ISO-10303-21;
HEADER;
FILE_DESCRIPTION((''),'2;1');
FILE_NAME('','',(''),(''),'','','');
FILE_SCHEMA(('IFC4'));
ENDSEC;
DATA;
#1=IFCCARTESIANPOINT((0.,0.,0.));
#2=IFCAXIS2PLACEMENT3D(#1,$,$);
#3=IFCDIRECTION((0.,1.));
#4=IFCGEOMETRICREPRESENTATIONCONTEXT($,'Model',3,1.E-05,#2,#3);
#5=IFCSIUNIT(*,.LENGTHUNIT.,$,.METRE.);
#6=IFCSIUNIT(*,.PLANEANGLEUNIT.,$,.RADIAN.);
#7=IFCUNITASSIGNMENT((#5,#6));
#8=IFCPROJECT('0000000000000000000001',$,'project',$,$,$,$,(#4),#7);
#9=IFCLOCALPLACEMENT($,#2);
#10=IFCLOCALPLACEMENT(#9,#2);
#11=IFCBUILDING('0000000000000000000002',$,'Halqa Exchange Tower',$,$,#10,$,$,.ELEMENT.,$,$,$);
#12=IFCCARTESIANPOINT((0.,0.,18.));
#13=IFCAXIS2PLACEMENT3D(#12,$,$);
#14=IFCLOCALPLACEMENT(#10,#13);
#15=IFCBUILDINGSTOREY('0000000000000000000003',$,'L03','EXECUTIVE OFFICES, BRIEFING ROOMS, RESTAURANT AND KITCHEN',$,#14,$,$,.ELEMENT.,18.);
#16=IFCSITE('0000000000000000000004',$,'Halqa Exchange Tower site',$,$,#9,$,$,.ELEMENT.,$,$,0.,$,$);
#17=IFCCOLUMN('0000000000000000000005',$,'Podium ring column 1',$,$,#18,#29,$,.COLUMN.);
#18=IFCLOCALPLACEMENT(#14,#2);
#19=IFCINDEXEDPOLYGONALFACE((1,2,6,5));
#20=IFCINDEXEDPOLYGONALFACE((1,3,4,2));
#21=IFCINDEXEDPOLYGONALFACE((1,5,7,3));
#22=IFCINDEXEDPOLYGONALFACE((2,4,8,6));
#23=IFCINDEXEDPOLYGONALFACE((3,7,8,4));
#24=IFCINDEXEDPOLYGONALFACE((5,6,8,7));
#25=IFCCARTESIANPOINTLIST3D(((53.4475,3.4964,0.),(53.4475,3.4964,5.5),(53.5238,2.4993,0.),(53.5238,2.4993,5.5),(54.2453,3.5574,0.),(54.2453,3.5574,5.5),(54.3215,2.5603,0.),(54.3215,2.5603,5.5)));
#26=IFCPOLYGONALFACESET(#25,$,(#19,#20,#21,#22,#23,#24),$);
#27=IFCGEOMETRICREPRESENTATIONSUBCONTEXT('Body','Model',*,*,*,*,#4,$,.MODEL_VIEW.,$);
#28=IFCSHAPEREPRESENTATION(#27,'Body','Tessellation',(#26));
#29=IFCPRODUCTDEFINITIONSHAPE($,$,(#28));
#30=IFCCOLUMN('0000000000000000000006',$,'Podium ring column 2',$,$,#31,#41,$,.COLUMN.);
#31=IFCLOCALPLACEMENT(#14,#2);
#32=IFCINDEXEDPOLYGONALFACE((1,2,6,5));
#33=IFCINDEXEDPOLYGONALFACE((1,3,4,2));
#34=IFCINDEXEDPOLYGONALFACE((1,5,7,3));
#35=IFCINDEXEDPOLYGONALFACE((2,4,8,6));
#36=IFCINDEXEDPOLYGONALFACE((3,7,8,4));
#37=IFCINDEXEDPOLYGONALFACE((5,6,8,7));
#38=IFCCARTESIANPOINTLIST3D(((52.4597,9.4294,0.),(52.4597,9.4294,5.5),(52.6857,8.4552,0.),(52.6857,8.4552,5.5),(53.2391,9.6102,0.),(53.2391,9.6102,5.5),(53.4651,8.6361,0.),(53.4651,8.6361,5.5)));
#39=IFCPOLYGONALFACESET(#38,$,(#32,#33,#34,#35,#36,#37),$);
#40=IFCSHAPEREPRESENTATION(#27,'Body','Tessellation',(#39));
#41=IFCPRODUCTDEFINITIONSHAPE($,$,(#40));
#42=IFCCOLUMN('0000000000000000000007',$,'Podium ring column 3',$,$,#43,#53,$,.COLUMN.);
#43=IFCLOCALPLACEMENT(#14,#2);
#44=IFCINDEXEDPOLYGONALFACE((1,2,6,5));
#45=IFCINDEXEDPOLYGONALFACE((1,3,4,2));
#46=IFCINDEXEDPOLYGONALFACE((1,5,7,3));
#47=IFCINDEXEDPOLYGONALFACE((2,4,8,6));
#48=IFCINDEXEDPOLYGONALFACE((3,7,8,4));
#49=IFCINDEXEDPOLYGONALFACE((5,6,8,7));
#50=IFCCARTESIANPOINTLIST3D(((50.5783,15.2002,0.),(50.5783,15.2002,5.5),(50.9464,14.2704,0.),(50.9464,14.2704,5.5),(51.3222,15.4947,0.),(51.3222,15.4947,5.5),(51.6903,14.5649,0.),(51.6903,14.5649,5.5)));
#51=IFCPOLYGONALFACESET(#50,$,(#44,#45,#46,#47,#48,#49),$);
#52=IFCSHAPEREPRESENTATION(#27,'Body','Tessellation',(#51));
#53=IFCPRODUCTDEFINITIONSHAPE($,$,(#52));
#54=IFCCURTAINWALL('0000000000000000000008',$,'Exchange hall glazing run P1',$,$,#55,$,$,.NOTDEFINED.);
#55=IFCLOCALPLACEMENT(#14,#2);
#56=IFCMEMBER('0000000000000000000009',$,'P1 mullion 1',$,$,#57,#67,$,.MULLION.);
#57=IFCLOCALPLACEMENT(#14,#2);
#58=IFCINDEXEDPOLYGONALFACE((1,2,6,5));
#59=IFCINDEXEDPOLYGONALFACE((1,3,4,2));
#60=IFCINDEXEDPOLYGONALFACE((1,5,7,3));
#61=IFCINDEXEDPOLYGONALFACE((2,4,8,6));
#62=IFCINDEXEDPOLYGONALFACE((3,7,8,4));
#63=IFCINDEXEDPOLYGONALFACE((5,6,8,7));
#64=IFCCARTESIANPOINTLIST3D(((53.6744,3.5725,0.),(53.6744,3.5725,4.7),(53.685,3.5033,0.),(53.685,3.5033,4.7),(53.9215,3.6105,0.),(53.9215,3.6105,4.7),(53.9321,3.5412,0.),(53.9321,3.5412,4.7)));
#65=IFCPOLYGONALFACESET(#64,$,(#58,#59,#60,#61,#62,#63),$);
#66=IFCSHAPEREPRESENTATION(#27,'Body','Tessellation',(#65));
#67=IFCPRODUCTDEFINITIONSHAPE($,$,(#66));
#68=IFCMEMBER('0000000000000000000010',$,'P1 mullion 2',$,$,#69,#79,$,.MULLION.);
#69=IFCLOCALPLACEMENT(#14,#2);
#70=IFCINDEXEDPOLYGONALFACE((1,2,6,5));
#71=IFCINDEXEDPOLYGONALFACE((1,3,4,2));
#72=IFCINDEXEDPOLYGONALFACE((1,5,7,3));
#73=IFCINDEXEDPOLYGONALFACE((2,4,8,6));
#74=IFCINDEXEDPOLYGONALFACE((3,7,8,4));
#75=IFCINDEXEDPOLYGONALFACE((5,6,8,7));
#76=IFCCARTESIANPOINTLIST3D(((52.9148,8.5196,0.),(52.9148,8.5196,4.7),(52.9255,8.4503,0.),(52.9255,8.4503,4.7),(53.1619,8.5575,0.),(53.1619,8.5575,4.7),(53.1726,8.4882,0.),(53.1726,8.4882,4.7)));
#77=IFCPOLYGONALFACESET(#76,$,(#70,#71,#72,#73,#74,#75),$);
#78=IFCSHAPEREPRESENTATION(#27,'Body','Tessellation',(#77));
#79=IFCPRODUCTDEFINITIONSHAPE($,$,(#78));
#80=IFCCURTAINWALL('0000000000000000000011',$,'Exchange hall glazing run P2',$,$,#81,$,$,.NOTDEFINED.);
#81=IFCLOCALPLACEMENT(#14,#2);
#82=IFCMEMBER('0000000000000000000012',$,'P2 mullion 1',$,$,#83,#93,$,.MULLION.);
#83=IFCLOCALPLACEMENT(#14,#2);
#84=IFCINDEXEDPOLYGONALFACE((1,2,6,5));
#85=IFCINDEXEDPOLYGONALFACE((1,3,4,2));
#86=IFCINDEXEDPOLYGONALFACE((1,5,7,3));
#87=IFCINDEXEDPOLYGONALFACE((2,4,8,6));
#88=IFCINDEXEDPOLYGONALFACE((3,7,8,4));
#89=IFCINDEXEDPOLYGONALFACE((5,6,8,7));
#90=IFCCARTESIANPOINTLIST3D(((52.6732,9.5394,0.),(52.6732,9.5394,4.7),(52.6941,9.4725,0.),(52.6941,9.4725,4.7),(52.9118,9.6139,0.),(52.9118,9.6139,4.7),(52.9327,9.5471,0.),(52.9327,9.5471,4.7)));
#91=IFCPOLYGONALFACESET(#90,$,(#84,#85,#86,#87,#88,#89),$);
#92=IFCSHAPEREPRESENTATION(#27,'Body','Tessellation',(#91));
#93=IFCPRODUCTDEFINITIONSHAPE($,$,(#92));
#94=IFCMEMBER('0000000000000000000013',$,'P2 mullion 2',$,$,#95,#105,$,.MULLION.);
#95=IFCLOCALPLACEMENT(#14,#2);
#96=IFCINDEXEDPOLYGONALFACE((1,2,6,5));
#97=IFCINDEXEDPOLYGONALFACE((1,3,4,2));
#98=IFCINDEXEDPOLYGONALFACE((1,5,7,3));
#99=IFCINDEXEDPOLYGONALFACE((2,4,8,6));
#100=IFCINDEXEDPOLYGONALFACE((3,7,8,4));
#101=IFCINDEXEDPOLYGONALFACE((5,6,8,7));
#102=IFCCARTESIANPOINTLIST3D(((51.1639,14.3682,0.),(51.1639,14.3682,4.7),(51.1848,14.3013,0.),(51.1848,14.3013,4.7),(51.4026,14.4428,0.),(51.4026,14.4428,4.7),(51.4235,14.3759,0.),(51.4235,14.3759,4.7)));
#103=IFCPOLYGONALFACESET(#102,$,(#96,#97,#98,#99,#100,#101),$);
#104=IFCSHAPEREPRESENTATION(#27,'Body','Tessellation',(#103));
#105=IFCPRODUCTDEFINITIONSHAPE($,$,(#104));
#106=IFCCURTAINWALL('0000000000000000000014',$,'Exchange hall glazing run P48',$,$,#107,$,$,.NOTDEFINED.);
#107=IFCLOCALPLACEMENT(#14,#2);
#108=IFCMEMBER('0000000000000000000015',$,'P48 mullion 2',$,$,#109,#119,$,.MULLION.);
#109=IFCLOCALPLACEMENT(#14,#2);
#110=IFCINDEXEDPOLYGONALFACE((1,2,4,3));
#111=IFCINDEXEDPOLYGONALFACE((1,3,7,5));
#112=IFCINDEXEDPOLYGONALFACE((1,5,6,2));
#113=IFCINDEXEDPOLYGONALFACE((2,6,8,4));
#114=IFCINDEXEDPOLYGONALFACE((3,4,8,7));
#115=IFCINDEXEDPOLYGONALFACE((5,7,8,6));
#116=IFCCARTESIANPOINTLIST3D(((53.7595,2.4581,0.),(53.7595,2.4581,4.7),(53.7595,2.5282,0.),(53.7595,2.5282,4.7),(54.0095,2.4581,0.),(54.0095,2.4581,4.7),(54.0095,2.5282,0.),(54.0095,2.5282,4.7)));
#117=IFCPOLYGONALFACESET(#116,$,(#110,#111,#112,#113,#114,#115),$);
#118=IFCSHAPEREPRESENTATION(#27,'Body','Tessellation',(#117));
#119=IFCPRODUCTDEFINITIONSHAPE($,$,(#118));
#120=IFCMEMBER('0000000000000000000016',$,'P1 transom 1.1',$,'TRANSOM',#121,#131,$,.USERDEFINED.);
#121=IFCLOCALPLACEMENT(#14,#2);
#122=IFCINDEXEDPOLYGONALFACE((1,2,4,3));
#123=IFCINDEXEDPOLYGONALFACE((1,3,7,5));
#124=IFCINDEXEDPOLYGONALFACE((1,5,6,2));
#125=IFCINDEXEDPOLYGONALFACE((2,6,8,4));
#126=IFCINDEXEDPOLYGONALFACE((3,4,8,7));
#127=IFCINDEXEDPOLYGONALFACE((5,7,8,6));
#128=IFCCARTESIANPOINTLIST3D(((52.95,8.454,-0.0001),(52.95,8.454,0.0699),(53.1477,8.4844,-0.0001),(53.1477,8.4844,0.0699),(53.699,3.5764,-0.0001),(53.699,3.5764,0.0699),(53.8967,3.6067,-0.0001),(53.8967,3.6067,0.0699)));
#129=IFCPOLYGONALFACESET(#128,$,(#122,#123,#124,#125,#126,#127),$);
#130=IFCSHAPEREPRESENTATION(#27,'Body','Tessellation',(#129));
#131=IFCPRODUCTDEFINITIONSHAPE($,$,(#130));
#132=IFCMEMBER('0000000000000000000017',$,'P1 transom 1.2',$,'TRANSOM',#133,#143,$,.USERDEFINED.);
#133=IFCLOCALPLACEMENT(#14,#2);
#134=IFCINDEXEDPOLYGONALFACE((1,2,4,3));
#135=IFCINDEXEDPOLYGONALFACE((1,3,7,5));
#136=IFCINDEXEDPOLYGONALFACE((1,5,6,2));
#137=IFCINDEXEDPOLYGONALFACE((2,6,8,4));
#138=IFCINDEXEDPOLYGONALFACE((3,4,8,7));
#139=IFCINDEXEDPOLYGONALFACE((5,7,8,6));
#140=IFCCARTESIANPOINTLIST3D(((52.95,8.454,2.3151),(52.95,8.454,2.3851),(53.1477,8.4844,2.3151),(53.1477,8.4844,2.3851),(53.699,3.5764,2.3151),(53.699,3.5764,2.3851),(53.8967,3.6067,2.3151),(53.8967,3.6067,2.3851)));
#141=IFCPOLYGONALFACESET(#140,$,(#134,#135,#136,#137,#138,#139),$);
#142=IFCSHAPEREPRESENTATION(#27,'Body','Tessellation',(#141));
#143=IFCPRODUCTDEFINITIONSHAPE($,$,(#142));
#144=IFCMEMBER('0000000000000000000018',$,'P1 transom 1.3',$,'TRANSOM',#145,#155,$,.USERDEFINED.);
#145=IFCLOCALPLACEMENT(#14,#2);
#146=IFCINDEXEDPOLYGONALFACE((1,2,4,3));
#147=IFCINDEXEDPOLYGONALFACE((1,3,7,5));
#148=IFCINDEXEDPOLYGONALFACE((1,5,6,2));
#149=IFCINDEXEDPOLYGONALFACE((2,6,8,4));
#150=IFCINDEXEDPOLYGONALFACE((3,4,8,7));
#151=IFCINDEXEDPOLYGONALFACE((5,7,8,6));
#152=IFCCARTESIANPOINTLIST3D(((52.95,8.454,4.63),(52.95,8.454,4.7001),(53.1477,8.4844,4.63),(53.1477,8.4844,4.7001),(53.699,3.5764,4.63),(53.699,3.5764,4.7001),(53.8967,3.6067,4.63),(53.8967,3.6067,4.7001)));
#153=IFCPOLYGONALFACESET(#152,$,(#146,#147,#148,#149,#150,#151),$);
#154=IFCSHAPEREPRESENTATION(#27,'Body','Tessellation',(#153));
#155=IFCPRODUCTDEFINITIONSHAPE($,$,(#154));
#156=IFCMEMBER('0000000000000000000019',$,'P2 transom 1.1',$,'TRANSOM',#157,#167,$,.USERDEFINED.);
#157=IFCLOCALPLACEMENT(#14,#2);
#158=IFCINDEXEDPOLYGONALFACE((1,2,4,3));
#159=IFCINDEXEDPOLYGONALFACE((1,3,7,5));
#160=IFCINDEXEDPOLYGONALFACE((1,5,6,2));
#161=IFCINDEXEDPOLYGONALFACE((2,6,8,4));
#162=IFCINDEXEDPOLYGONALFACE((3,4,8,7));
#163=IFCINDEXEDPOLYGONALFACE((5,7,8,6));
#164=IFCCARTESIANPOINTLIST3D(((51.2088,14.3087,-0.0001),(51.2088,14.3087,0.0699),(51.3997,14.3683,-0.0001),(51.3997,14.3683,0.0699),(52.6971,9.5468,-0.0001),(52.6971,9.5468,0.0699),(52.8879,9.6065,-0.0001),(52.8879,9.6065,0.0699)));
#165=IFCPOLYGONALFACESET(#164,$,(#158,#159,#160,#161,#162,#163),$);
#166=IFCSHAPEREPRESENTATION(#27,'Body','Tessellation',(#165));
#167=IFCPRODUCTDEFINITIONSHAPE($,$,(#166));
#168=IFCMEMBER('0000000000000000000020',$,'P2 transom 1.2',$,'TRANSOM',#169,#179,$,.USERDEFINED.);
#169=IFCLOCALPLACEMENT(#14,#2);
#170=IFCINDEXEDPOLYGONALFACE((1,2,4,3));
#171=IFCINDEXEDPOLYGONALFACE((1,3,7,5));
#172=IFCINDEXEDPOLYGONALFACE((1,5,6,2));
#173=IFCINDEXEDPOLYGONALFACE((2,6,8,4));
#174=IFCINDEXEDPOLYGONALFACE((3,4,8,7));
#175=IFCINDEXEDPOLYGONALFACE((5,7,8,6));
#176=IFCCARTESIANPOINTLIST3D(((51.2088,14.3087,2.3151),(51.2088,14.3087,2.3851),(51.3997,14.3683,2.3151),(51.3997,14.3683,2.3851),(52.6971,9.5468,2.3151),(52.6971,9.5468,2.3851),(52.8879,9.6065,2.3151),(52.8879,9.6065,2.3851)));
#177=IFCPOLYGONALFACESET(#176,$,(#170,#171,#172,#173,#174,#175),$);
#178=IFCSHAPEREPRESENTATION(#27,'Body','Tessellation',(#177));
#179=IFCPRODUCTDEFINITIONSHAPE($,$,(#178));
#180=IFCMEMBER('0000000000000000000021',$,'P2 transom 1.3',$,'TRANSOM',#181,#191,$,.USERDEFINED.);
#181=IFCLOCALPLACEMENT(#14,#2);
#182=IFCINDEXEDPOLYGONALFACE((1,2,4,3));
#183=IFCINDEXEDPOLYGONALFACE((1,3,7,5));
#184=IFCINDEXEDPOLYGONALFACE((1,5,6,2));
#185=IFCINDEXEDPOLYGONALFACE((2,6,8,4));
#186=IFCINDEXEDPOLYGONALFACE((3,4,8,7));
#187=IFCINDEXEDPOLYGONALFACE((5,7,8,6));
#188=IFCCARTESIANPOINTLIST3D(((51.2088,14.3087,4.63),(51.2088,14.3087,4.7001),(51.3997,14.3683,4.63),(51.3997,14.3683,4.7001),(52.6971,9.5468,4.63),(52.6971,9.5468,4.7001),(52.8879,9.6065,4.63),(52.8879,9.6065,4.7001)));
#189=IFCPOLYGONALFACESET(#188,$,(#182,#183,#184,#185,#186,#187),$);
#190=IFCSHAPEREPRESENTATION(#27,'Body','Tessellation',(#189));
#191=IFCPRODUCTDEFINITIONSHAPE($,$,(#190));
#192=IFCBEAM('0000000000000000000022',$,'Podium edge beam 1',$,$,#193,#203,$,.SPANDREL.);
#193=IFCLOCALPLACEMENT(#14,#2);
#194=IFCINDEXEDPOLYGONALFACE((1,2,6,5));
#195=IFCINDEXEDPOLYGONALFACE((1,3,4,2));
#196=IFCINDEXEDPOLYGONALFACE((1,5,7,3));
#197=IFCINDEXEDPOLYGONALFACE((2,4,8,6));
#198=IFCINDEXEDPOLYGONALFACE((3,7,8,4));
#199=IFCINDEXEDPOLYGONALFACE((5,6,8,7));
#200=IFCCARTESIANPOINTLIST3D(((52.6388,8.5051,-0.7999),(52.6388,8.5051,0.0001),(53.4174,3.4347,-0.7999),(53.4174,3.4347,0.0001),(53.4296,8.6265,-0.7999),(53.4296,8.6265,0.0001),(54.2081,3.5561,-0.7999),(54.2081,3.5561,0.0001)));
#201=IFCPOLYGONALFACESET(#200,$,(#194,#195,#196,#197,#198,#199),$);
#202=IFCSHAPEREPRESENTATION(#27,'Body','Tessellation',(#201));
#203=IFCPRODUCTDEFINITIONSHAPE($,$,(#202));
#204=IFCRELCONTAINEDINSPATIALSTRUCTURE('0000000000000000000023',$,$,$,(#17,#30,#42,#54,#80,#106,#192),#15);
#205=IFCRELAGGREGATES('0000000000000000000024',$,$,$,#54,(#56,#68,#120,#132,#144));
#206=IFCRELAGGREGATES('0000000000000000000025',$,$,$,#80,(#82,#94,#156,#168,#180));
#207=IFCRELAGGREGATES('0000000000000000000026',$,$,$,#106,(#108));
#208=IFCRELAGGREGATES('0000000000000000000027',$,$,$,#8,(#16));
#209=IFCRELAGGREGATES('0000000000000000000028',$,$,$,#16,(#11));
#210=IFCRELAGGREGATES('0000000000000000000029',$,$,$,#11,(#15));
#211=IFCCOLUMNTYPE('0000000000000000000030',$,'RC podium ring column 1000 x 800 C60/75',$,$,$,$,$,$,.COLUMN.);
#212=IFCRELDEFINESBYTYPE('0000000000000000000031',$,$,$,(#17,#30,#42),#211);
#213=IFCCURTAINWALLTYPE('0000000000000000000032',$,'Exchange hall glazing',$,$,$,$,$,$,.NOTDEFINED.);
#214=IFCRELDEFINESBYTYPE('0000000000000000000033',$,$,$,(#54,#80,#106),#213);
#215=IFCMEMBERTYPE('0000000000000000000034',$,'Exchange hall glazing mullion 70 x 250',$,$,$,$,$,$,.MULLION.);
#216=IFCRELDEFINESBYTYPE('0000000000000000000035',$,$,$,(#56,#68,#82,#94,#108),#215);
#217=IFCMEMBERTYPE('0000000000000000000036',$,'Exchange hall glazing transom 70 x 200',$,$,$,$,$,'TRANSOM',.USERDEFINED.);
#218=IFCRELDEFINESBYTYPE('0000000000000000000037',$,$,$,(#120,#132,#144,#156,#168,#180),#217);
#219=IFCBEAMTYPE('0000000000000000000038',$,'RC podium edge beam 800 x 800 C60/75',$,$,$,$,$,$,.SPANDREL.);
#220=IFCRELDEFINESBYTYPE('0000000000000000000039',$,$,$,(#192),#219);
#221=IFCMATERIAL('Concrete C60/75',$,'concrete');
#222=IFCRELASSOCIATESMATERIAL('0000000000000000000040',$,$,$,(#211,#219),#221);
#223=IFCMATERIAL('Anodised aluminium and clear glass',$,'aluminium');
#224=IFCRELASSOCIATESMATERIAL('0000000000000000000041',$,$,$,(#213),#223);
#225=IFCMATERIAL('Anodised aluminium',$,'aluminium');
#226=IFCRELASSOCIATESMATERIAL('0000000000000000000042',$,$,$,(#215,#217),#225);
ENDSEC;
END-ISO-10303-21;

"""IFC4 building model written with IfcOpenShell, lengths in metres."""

from ifc_helpers import new_model, si_unit, direction, frame, origin, origin_2d, place, context, subcontext, project, spatial, rectangle, extrude, material, material_profile, profile_set, type_object, element, aggregate, save


model = new_model("IFC4")

# Units and contexts
model_context = context("Model", 3, precision=1e-05, world=origin(), true_north=direction((0.0, 1.0)))
body_context = subcontext(model_context, "Body", "Model", "MODEL_VIEW")
ifc_project = project(units=[si_unit("LENGTHUNIT", "METRE"), si_unit("PLANEANGLEUNIT", "RADIAN")], contexts=[model_context])

# Site, building, storey
site_placement = place(None, origin())
site = spatial("IfcSite", under=ifc_project, at=site_placement, Name="Halqa Exchange Tower site", CompositionType="ELEMENT", RefElevation=0.0)
building_placement = place(site_placement, origin())
building = spatial("IfcBuilding", under=site, at=building_placement, Name="Halqa Exchange Tower", CompositionType="ELEMENT")
storey_placement = place(building_placement, frame((0.0, 0.0, 18.0)))
storey = spatial("IfcBuildingStorey", under=building, at=storey_placement, Name="L03", Description="EXECUTIVE OFFICES, BRIEFING ROOMS, RESTAURANT AND KITCHEN", CompositionType="ELEMENT", Elevation=18.0)

# Columns
ifc_material_1 = material(Name="Concrete C60/75", Category="concrete")
ifc_material_profile_1 = material_profile(ifc_material_1, rectangle(XDim=1.0, YDim=0.8, at=origin_2d()), Name="1000 x 800")
ifc_profile_set_1 = profile_set([ifc_material_profile_1], Name="Concrete C60/75")
column_type = type_object("IfcColumnType", Name="RC podium ring column 1000 x 800 C60/75", PredefinedType="COLUMN", material=ifc_profile_set_1)
for number, where, z_axis, x_axis, name in (
    (1, (53.8845, 3.0283, 0.0), (0.0, 0.0, 1.0), (-0.076223, 0.997091, 0.0), "Podium ring column 1"),
    (2, (52.9624, 9.0327, 0.0), (0.0, 0.0, 1.0), (-0.225997, 0.974128, 0.0), "Podium ring column 2"),
    (3, (51.1343, 14.8826, 0.0), (0.0, 0.0, 1.0), (-0.36811, 0.929782, 0.0), "Podium ring column 3"),
):
    element("IfcColumn", number, at=place(storey_placement, frame(where, z_axis=z_axis, x_axis=x_axis)), inside=storey, type_object=column_type, Name=name, PredefinedType="COLUMN", context=body_context, shape_type="SweptSolid", body=[
        extrude(rectangle(XDim=1.0, YDim=0.8, at=origin_2d()), origin(), (0.0, 0.0, 1.0), 5.5),
    ])

# Curtain walls, members
ifc_material_2 = material(Name="Anodised aluminium and clear glass", Category="aluminium")
curtain_wall_type = type_object("IfcCurtainWallType", Name="Exchange hall glazing", PredefinedType="NOTDEFINED", material=ifc_material_2)
curtain_wall_1_placement = place(storey_placement, origin())
curtain_wall_1 = element("IfcCurtainWall", 4, at=curtain_wall_1_placement, inside=storey, type_object=curtain_wall_type, Name="Exchange hall glazing run P1", PredefinedType="NOTDEFINED")
ifc_material_3 = material(Name="Anodised aluminium", Category="aluminium")
ifc_material_profile_2 = material_profile(ifc_material_3, rectangle(XDim=0.25, YDim=0.0701, at=origin_2d()), Name="AL 70x250")
ifc_profile_set_2 = profile_set([ifc_material_profile_2], Name="Anodised aluminium")
member_type_1 = type_object("IfcMemberType", Name="Exchange hall glazing mullion 70 x 250", PredefinedType="MULLION", material=ifc_profile_set_2)
member_1_placement = place(storey_placement, frame((53.8032, 3.5569, 0.0), z_axis=(0.0, 0.0, 1.0), x_axis=(-0.988416, -0.151767, 0.0)))
member_1 = element("IfcMember", 5, at=member_1_placement, type_object=member_type_1, Name="P1 mullion 1", PredefinedType="MULLION", context=body_context, shape_type="SweptSolid", body=[
    extrude(rectangle(XDim=0.25, YDim=0.0701, at=origin_2d()), origin(), (0.0, 0.0, 1.0), 4.7),
])
member_2_placement = place(storey_placement, frame((53.0437, 8.5039, 0.0), z_axis=(0.0, 0.0, 1.0), x_axis=(-0.988416, -0.151767, 0.0)))
member_2 = element("IfcMember", 6, at=member_2_placement, type_object=member_type_1, Name="P1 mullion 2", PredefinedType="MULLION", context=body_context, shape_type="SweptSolid", body=[
    extrude(rectangle(XDim=0.25, YDim=0.0701, at=origin_2d()), origin(), (0.0, 0.0, 1.0), 4.7),
])
curtain_wall_2_placement = place(storey_placement, origin())
curtain_wall_2 = element("IfcCurtainWall", 7, at=curtain_wall_2_placement, inside=storey, type_object=curtain_wall_type, Name="Exchange hall glazing run P2", PredefinedType="NOTDEFINED")
member_3_placement = place(storey_placement, frame((52.803, 9.5432, 0.0), z_axis=(0.0, 0.0, 1.0), x_axis=(-0.954471, -0.298303, 0.0)))
member_3 = element("IfcMember", 8, at=member_3_placement, type_object=member_type_1, Name="P2 mullion 1", PredefinedType="MULLION", context=body_context, shape_type="SweptSolid", body=[
    extrude(rectangle(XDim=0.25, YDim=0.0701, at=origin_2d()), origin(), (0.0, 0.0, 1.0), 4.7),
])
member_4_placement = place(storey_placement, frame((51.2937, 14.3721, 0.0), z_axis=(0.0, 0.0, 1.0), x_axis=(-0.954471, -0.298303, 0.0)))
member_4 = element("IfcMember", 9, at=member_4_placement, type_object=member_type_1, Name="P2 mullion 2", PredefinedType="MULLION", context=body_context, shape_type="SweptSolid", body=[
    extrude(rectangle(XDim=0.25, YDim=0.0701, at=origin_2d()), origin(), (0.0, 0.0, 1.0), 4.7),
])

# Curtain wall, member
curtain_wall_3_placement = place(storey_placement, origin())
curtain_wall_3 = element("IfcCurtainWall", 10, at=curtain_wall_3_placement, inside=storey, type_object=curtain_wall_type, Name="Exchange hall glazing run P48", PredefinedType="NOTDEFINED")
member_5_placement = place(storey_placement, frame((53.8845, 2.4932, 0.0), z_axis=(0.0, 0.0, 1.0), x_axis=(-1.0, 0.0, 0.0)))
member_5 = element("IfcMember", 11, at=member_5_placement, type_object=member_type_1, Name="P48 mullion 2", PredefinedType="MULLION", context=body_context, shape_type="SweptSolid", body=[
    extrude(rectangle(XDim=0.25, YDim=0.0701, at=origin_2d()), origin(), (0.0, 0.0, 1.0), 4.7),
])

# Members
ifc_material_profile_3 = material_profile(ifc_material_3, rectangle(XDim=0.2, YDim=0.0701, at=origin_2d()), Name="AL 70x200")
ifc_profile_set_3 = profile_set([ifc_material_profile_3], Name="Anodised aluminium")
member_type_2 = type_object("IfcMemberType", Name="Exchange hall glazing transom 70 x 200", ElementType="TRANSOM", PredefinedType="USERDEFINED", material=ifc_profile_set_3)
member_6_placement = place(storey_placement, frame((53.7979, 3.5916, 0.0349), z_axis=(-0.151782, 0.988414, 0.0), x_axis=(-0.988414, -0.151782, 0.0)))
member_6 = element("IfcMember", 12, at=member_6_placement, type_object=member_type_2, Name="P1 transom 1.1", ObjectType="TRANSOM", PredefinedType="USERDEFINED", context=body_context, shape_type="SweptSolid", body=[
    extrude(rectangle(XDim=0.2, YDim=0.0701, at=origin_2d()), origin(), (0.0, 0.0, 1.0), 4.9348),
])
member_7_placement = place(storey_placement, frame((53.7979, 3.5916, 2.3501), z_axis=(-0.151782, 0.988414, 0.0), x_axis=(-0.988414, -0.151782, 0.0)))
member_7 = element("IfcMember", 13, at=member_7_placement, type_object=member_type_2, Name="P1 transom 1.2", ObjectType="TRANSOM", PredefinedType="USERDEFINED", context=body_context, shape_type="SweptSolid", body=[
    extrude(rectangle(XDim=0.2, YDim=0.0701, at=origin_2d()), origin(), (0.0, 0.0, 1.0), 4.9348),
])
member_8_placement = place(storey_placement, frame((53.7979, 3.5916, 4.665), z_axis=(-0.151782, 0.988414, 0.0), x_axis=(-0.988414, -0.151782, 0.0)))
member_8 = element("IfcMember", 14, at=member_8_placement, type_object=member_type_2, Name="P1 transom 1.3", ObjectType="TRANSOM", PredefinedType="USERDEFINED", context=body_context, shape_type="SweptSolid", body=[
    extrude(rectangle(XDim=0.2, YDim=0.0701, at=origin_2d()), origin(), (0.0, 0.0, 1.0), 4.9348),
])
member_9_placement = place(storey_placement, frame((52.7925, 9.5767, 0.0349), z_axis=(-0.298306, 0.95447, 0.0), x_axis=(-0.95447, -0.298306, 0.0)))
member_9 = element("IfcMember", 15, at=member_9_placement, type_object=member_type_2, Name="P2 transom 1.1", ObjectType="TRANSOM", PredefinedType="USERDEFINED", context=body_context, shape_type="SweptSolid", body=[
    extrude(rectangle(XDim=0.2, YDim=0.0701, at=origin_2d()), origin(), (0.0, 0.0, 1.0), 4.989),
])
member_10_placement = place(storey_placement, frame((52.7925, 9.5767, 2.3501), z_axis=(-0.298306, 0.95447, 0.0), x_axis=(-0.95447, -0.298306, 0.0)))
member_10 = element("IfcMember", 16, at=member_10_placement, type_object=member_type_2, Name="P2 transom 1.2", ObjectType="TRANSOM", PredefinedType="USERDEFINED", context=body_context, shape_type="SweptSolid", body=[
    extrude(rectangle(XDim=0.2, YDim=0.0701, at=origin_2d()), origin(), (0.0, 0.0, 1.0), 4.989),
])
member_11_placement = place(storey_placement, frame((52.7925, 9.5767, 4.665), z_axis=(-0.298306, 0.95447, 0.0), x_axis=(-0.95447, -0.298306, 0.0)))
member_11 = element("IfcMember", 17, at=member_11_placement, type_object=member_type_2, Name="P2 transom 1.3", ObjectType="TRANSOM", PredefinedType="USERDEFINED", context=body_context, shape_type="SweptSolid", body=[
    extrude(rectangle(XDim=0.2, YDim=0.0701, at=origin_2d()), origin(), (0.0, 0.0, 1.0), 4.989),
])

# Beam
ifc_material_profile_4 = material_profile(ifc_material_1, rectangle(XDim=0.8, YDim=0.8, at=origin_2d()), Name="800 x 800")
ifc_profile_set_4 = profile_set([ifc_material_profile_4], Name="Concrete C60/75")
beam_type = type_object("IfcBeamType", Name="RC podium edge beam 800 x 800 C60/75", PredefinedType="SPANDREL", material=ifc_profile_set_4)
beam_1_placement = place(storey_placement, frame((53.8127, 3.4954, -0.3999), z_axis=(-0.151768, 0.988416, 0.0), x_axis=(-0.988416, -0.151768, 0.0)))
element("IfcBeam", 18, at=beam_1_placement, inside=storey, type_object=beam_type, Name="Podium edge beam 1", PredefinedType="SPANDREL", context=body_context, shape_type="SweptSolid", body=[
    extrude(rectangle(XDim=0.8, YDim=0.8, at=origin_2d()), origin(), (0.0, 0.0, 1.0), 5.1299),
])

aggregate(curtain_wall_1, [member_1, member_2, member_6, member_7, member_8])
aggregate(curtain_wall_2, [member_3, member_4, member_9, member_10, member_11])
aggregate(curtain_wall_3, [member_5])

save(model, "model.ifc")
